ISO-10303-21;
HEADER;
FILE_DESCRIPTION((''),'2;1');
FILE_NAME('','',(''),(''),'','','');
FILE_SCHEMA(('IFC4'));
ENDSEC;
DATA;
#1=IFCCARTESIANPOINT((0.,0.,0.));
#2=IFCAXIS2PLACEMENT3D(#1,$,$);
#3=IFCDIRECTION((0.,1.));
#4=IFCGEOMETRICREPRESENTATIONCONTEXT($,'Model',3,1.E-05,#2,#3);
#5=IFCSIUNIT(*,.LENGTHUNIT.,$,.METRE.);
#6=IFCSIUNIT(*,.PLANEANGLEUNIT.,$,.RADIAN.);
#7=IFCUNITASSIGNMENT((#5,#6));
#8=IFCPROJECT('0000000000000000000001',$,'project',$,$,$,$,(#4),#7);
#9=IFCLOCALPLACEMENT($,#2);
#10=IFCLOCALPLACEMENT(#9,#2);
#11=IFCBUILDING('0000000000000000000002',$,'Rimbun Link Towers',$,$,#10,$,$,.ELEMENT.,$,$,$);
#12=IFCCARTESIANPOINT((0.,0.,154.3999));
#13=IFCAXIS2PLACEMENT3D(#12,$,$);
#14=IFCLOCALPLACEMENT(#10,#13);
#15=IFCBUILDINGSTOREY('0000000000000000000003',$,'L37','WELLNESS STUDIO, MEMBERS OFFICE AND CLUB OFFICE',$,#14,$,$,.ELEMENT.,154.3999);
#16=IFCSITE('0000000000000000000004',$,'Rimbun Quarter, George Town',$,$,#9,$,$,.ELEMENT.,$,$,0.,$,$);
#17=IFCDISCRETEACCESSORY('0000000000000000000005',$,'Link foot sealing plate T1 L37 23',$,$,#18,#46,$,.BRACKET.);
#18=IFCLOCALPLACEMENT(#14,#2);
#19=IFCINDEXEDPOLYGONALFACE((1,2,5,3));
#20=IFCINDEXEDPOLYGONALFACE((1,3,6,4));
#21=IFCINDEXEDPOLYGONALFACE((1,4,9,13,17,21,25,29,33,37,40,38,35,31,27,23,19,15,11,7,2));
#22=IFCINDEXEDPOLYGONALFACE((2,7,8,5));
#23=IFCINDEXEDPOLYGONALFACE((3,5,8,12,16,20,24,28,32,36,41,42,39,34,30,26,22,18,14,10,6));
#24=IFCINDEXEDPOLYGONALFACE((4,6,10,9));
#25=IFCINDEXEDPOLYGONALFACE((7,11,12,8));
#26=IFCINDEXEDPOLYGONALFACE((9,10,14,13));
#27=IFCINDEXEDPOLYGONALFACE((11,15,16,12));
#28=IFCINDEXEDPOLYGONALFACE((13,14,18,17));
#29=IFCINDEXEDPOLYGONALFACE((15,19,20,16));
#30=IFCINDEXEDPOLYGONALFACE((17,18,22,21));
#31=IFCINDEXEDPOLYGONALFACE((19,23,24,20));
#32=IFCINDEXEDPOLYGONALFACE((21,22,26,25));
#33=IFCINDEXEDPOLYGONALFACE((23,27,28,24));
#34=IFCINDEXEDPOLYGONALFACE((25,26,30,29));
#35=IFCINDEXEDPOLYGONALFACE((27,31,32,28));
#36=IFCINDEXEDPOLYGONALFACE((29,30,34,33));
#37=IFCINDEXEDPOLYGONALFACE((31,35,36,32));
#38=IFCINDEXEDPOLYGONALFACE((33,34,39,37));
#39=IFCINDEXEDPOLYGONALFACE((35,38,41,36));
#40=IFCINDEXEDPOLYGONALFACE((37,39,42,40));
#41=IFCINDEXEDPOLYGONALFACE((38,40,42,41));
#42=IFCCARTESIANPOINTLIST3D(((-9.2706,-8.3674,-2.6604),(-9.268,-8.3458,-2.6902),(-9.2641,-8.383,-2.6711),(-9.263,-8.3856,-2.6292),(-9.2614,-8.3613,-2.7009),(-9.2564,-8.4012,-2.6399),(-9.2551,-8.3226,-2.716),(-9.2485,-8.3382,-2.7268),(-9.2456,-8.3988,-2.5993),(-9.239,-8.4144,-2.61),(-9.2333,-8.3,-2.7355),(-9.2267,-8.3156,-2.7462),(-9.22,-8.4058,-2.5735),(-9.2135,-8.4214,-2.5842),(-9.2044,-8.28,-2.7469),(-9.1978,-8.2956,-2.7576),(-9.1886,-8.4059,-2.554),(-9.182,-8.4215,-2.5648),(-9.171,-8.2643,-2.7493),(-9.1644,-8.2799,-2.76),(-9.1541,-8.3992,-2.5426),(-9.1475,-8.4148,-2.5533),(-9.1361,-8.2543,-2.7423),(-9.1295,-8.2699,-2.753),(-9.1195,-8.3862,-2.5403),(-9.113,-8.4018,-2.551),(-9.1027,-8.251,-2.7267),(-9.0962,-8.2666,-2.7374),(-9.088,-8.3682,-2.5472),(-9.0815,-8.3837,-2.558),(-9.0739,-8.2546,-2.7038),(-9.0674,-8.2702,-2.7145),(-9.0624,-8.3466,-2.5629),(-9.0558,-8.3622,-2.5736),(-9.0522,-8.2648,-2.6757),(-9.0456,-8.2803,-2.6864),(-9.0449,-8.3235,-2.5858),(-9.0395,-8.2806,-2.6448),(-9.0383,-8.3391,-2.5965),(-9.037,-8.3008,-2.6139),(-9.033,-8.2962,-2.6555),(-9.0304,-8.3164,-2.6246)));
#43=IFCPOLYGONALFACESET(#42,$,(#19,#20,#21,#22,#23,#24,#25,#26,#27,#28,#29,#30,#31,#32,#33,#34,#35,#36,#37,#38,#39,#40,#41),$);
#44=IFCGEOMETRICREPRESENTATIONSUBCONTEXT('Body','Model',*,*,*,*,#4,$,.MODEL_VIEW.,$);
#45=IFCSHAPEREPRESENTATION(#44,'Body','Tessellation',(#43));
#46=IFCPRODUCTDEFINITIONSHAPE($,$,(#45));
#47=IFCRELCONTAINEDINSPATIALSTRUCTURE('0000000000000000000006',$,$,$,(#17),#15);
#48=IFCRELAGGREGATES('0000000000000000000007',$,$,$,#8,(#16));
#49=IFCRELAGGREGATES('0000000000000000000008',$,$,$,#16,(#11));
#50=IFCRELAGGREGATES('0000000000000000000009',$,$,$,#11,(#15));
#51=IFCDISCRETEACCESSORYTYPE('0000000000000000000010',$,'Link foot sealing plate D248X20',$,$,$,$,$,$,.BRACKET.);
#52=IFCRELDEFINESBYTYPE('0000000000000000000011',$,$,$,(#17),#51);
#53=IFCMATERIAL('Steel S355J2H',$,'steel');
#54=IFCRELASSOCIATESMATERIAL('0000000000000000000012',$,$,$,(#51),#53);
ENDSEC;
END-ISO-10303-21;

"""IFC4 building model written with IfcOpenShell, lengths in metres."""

from ifc_helpers import new_model, si_unit, direction, frame, origin, origin_2d, place, context, subcontext, project, spatial, circle, extrude, material, material_profile, profile_set, type_object, element, save


model = new_model("IFC4")

# Units and contexts
model_context = context("Model", 3, precision=1e-05, world=origin(), true_north=direction((0.0, 1.0)))
body_context = subcontext(model_context, "Body", "Model", "MODEL_VIEW")
ifc_project = project(units=[si_unit("LENGTHUNIT", "METRE"), si_unit("PLANEANGLEUNIT", "RADIAN")], contexts=[model_context])

# Site, building, storey
site_placement = place(None, origin())
site = spatial("IfcSite", under=ifc_project, at=site_placement, Name="Rimbun Quarter, George Town", CompositionType="ELEMENT", RefElevation=0.0)
building_placement = place(site_placement, origin())
building = spatial("IfcBuilding", under=site, at=building_placement, Name="Rimbun Link Towers", CompositionType="ELEMENT")
storey_placement = place(building_placement, frame((0.0, 0.0, 154.3999)))
storey = spatial("IfcBuildingStorey", under=building, at=storey_placement, Name="L37", Description="WELLNESS STUDIO, MEMBERS OFFICE AND CLUB OFFICE", CompositionType="ELEMENT", Elevation=154.3999)

# Discrete accessory
ifc_material_1 = material(Name="Steel S355J2H", Category="steel")
ifc_material_profile_1 = material_profile(ifc_material_1, circle(Radius=0.124, at=origin_2d()), Name="PL D248")
ifc_profile_set_1 = profile_set([ifc_material_profile_1], Name="Steel S355J2H")
discrete_accessory_type = type_object("IfcDiscreteAccessoryType", Name="Link foot sealing plate D248X20", PredefinedType="BRACKET", material=ifc_profile_set_1)
discrete_accessory_placement = place(storey_placement, frame((-9.1538, -8.3289, -2.6448), z_axis=(0.328366, -0.778349, -0.535115), x_axis=(0.921364, 0.388701, 0.0)))
element("IfcDiscreteAccessory", 1, at=discrete_accessory_placement, inside=storey, type_object=discrete_accessory_type, Name="Link foot sealing plate T1 L37 23", PredefinedType="BRACKET", context=body_context, shape_type="SweptSolid", body=[
    extrude(circle(Radius=0.124, at=origin_2d()), origin(), (0.0, 0.0, 1.0), 0.02),
])

save(model, "model.ifc")
